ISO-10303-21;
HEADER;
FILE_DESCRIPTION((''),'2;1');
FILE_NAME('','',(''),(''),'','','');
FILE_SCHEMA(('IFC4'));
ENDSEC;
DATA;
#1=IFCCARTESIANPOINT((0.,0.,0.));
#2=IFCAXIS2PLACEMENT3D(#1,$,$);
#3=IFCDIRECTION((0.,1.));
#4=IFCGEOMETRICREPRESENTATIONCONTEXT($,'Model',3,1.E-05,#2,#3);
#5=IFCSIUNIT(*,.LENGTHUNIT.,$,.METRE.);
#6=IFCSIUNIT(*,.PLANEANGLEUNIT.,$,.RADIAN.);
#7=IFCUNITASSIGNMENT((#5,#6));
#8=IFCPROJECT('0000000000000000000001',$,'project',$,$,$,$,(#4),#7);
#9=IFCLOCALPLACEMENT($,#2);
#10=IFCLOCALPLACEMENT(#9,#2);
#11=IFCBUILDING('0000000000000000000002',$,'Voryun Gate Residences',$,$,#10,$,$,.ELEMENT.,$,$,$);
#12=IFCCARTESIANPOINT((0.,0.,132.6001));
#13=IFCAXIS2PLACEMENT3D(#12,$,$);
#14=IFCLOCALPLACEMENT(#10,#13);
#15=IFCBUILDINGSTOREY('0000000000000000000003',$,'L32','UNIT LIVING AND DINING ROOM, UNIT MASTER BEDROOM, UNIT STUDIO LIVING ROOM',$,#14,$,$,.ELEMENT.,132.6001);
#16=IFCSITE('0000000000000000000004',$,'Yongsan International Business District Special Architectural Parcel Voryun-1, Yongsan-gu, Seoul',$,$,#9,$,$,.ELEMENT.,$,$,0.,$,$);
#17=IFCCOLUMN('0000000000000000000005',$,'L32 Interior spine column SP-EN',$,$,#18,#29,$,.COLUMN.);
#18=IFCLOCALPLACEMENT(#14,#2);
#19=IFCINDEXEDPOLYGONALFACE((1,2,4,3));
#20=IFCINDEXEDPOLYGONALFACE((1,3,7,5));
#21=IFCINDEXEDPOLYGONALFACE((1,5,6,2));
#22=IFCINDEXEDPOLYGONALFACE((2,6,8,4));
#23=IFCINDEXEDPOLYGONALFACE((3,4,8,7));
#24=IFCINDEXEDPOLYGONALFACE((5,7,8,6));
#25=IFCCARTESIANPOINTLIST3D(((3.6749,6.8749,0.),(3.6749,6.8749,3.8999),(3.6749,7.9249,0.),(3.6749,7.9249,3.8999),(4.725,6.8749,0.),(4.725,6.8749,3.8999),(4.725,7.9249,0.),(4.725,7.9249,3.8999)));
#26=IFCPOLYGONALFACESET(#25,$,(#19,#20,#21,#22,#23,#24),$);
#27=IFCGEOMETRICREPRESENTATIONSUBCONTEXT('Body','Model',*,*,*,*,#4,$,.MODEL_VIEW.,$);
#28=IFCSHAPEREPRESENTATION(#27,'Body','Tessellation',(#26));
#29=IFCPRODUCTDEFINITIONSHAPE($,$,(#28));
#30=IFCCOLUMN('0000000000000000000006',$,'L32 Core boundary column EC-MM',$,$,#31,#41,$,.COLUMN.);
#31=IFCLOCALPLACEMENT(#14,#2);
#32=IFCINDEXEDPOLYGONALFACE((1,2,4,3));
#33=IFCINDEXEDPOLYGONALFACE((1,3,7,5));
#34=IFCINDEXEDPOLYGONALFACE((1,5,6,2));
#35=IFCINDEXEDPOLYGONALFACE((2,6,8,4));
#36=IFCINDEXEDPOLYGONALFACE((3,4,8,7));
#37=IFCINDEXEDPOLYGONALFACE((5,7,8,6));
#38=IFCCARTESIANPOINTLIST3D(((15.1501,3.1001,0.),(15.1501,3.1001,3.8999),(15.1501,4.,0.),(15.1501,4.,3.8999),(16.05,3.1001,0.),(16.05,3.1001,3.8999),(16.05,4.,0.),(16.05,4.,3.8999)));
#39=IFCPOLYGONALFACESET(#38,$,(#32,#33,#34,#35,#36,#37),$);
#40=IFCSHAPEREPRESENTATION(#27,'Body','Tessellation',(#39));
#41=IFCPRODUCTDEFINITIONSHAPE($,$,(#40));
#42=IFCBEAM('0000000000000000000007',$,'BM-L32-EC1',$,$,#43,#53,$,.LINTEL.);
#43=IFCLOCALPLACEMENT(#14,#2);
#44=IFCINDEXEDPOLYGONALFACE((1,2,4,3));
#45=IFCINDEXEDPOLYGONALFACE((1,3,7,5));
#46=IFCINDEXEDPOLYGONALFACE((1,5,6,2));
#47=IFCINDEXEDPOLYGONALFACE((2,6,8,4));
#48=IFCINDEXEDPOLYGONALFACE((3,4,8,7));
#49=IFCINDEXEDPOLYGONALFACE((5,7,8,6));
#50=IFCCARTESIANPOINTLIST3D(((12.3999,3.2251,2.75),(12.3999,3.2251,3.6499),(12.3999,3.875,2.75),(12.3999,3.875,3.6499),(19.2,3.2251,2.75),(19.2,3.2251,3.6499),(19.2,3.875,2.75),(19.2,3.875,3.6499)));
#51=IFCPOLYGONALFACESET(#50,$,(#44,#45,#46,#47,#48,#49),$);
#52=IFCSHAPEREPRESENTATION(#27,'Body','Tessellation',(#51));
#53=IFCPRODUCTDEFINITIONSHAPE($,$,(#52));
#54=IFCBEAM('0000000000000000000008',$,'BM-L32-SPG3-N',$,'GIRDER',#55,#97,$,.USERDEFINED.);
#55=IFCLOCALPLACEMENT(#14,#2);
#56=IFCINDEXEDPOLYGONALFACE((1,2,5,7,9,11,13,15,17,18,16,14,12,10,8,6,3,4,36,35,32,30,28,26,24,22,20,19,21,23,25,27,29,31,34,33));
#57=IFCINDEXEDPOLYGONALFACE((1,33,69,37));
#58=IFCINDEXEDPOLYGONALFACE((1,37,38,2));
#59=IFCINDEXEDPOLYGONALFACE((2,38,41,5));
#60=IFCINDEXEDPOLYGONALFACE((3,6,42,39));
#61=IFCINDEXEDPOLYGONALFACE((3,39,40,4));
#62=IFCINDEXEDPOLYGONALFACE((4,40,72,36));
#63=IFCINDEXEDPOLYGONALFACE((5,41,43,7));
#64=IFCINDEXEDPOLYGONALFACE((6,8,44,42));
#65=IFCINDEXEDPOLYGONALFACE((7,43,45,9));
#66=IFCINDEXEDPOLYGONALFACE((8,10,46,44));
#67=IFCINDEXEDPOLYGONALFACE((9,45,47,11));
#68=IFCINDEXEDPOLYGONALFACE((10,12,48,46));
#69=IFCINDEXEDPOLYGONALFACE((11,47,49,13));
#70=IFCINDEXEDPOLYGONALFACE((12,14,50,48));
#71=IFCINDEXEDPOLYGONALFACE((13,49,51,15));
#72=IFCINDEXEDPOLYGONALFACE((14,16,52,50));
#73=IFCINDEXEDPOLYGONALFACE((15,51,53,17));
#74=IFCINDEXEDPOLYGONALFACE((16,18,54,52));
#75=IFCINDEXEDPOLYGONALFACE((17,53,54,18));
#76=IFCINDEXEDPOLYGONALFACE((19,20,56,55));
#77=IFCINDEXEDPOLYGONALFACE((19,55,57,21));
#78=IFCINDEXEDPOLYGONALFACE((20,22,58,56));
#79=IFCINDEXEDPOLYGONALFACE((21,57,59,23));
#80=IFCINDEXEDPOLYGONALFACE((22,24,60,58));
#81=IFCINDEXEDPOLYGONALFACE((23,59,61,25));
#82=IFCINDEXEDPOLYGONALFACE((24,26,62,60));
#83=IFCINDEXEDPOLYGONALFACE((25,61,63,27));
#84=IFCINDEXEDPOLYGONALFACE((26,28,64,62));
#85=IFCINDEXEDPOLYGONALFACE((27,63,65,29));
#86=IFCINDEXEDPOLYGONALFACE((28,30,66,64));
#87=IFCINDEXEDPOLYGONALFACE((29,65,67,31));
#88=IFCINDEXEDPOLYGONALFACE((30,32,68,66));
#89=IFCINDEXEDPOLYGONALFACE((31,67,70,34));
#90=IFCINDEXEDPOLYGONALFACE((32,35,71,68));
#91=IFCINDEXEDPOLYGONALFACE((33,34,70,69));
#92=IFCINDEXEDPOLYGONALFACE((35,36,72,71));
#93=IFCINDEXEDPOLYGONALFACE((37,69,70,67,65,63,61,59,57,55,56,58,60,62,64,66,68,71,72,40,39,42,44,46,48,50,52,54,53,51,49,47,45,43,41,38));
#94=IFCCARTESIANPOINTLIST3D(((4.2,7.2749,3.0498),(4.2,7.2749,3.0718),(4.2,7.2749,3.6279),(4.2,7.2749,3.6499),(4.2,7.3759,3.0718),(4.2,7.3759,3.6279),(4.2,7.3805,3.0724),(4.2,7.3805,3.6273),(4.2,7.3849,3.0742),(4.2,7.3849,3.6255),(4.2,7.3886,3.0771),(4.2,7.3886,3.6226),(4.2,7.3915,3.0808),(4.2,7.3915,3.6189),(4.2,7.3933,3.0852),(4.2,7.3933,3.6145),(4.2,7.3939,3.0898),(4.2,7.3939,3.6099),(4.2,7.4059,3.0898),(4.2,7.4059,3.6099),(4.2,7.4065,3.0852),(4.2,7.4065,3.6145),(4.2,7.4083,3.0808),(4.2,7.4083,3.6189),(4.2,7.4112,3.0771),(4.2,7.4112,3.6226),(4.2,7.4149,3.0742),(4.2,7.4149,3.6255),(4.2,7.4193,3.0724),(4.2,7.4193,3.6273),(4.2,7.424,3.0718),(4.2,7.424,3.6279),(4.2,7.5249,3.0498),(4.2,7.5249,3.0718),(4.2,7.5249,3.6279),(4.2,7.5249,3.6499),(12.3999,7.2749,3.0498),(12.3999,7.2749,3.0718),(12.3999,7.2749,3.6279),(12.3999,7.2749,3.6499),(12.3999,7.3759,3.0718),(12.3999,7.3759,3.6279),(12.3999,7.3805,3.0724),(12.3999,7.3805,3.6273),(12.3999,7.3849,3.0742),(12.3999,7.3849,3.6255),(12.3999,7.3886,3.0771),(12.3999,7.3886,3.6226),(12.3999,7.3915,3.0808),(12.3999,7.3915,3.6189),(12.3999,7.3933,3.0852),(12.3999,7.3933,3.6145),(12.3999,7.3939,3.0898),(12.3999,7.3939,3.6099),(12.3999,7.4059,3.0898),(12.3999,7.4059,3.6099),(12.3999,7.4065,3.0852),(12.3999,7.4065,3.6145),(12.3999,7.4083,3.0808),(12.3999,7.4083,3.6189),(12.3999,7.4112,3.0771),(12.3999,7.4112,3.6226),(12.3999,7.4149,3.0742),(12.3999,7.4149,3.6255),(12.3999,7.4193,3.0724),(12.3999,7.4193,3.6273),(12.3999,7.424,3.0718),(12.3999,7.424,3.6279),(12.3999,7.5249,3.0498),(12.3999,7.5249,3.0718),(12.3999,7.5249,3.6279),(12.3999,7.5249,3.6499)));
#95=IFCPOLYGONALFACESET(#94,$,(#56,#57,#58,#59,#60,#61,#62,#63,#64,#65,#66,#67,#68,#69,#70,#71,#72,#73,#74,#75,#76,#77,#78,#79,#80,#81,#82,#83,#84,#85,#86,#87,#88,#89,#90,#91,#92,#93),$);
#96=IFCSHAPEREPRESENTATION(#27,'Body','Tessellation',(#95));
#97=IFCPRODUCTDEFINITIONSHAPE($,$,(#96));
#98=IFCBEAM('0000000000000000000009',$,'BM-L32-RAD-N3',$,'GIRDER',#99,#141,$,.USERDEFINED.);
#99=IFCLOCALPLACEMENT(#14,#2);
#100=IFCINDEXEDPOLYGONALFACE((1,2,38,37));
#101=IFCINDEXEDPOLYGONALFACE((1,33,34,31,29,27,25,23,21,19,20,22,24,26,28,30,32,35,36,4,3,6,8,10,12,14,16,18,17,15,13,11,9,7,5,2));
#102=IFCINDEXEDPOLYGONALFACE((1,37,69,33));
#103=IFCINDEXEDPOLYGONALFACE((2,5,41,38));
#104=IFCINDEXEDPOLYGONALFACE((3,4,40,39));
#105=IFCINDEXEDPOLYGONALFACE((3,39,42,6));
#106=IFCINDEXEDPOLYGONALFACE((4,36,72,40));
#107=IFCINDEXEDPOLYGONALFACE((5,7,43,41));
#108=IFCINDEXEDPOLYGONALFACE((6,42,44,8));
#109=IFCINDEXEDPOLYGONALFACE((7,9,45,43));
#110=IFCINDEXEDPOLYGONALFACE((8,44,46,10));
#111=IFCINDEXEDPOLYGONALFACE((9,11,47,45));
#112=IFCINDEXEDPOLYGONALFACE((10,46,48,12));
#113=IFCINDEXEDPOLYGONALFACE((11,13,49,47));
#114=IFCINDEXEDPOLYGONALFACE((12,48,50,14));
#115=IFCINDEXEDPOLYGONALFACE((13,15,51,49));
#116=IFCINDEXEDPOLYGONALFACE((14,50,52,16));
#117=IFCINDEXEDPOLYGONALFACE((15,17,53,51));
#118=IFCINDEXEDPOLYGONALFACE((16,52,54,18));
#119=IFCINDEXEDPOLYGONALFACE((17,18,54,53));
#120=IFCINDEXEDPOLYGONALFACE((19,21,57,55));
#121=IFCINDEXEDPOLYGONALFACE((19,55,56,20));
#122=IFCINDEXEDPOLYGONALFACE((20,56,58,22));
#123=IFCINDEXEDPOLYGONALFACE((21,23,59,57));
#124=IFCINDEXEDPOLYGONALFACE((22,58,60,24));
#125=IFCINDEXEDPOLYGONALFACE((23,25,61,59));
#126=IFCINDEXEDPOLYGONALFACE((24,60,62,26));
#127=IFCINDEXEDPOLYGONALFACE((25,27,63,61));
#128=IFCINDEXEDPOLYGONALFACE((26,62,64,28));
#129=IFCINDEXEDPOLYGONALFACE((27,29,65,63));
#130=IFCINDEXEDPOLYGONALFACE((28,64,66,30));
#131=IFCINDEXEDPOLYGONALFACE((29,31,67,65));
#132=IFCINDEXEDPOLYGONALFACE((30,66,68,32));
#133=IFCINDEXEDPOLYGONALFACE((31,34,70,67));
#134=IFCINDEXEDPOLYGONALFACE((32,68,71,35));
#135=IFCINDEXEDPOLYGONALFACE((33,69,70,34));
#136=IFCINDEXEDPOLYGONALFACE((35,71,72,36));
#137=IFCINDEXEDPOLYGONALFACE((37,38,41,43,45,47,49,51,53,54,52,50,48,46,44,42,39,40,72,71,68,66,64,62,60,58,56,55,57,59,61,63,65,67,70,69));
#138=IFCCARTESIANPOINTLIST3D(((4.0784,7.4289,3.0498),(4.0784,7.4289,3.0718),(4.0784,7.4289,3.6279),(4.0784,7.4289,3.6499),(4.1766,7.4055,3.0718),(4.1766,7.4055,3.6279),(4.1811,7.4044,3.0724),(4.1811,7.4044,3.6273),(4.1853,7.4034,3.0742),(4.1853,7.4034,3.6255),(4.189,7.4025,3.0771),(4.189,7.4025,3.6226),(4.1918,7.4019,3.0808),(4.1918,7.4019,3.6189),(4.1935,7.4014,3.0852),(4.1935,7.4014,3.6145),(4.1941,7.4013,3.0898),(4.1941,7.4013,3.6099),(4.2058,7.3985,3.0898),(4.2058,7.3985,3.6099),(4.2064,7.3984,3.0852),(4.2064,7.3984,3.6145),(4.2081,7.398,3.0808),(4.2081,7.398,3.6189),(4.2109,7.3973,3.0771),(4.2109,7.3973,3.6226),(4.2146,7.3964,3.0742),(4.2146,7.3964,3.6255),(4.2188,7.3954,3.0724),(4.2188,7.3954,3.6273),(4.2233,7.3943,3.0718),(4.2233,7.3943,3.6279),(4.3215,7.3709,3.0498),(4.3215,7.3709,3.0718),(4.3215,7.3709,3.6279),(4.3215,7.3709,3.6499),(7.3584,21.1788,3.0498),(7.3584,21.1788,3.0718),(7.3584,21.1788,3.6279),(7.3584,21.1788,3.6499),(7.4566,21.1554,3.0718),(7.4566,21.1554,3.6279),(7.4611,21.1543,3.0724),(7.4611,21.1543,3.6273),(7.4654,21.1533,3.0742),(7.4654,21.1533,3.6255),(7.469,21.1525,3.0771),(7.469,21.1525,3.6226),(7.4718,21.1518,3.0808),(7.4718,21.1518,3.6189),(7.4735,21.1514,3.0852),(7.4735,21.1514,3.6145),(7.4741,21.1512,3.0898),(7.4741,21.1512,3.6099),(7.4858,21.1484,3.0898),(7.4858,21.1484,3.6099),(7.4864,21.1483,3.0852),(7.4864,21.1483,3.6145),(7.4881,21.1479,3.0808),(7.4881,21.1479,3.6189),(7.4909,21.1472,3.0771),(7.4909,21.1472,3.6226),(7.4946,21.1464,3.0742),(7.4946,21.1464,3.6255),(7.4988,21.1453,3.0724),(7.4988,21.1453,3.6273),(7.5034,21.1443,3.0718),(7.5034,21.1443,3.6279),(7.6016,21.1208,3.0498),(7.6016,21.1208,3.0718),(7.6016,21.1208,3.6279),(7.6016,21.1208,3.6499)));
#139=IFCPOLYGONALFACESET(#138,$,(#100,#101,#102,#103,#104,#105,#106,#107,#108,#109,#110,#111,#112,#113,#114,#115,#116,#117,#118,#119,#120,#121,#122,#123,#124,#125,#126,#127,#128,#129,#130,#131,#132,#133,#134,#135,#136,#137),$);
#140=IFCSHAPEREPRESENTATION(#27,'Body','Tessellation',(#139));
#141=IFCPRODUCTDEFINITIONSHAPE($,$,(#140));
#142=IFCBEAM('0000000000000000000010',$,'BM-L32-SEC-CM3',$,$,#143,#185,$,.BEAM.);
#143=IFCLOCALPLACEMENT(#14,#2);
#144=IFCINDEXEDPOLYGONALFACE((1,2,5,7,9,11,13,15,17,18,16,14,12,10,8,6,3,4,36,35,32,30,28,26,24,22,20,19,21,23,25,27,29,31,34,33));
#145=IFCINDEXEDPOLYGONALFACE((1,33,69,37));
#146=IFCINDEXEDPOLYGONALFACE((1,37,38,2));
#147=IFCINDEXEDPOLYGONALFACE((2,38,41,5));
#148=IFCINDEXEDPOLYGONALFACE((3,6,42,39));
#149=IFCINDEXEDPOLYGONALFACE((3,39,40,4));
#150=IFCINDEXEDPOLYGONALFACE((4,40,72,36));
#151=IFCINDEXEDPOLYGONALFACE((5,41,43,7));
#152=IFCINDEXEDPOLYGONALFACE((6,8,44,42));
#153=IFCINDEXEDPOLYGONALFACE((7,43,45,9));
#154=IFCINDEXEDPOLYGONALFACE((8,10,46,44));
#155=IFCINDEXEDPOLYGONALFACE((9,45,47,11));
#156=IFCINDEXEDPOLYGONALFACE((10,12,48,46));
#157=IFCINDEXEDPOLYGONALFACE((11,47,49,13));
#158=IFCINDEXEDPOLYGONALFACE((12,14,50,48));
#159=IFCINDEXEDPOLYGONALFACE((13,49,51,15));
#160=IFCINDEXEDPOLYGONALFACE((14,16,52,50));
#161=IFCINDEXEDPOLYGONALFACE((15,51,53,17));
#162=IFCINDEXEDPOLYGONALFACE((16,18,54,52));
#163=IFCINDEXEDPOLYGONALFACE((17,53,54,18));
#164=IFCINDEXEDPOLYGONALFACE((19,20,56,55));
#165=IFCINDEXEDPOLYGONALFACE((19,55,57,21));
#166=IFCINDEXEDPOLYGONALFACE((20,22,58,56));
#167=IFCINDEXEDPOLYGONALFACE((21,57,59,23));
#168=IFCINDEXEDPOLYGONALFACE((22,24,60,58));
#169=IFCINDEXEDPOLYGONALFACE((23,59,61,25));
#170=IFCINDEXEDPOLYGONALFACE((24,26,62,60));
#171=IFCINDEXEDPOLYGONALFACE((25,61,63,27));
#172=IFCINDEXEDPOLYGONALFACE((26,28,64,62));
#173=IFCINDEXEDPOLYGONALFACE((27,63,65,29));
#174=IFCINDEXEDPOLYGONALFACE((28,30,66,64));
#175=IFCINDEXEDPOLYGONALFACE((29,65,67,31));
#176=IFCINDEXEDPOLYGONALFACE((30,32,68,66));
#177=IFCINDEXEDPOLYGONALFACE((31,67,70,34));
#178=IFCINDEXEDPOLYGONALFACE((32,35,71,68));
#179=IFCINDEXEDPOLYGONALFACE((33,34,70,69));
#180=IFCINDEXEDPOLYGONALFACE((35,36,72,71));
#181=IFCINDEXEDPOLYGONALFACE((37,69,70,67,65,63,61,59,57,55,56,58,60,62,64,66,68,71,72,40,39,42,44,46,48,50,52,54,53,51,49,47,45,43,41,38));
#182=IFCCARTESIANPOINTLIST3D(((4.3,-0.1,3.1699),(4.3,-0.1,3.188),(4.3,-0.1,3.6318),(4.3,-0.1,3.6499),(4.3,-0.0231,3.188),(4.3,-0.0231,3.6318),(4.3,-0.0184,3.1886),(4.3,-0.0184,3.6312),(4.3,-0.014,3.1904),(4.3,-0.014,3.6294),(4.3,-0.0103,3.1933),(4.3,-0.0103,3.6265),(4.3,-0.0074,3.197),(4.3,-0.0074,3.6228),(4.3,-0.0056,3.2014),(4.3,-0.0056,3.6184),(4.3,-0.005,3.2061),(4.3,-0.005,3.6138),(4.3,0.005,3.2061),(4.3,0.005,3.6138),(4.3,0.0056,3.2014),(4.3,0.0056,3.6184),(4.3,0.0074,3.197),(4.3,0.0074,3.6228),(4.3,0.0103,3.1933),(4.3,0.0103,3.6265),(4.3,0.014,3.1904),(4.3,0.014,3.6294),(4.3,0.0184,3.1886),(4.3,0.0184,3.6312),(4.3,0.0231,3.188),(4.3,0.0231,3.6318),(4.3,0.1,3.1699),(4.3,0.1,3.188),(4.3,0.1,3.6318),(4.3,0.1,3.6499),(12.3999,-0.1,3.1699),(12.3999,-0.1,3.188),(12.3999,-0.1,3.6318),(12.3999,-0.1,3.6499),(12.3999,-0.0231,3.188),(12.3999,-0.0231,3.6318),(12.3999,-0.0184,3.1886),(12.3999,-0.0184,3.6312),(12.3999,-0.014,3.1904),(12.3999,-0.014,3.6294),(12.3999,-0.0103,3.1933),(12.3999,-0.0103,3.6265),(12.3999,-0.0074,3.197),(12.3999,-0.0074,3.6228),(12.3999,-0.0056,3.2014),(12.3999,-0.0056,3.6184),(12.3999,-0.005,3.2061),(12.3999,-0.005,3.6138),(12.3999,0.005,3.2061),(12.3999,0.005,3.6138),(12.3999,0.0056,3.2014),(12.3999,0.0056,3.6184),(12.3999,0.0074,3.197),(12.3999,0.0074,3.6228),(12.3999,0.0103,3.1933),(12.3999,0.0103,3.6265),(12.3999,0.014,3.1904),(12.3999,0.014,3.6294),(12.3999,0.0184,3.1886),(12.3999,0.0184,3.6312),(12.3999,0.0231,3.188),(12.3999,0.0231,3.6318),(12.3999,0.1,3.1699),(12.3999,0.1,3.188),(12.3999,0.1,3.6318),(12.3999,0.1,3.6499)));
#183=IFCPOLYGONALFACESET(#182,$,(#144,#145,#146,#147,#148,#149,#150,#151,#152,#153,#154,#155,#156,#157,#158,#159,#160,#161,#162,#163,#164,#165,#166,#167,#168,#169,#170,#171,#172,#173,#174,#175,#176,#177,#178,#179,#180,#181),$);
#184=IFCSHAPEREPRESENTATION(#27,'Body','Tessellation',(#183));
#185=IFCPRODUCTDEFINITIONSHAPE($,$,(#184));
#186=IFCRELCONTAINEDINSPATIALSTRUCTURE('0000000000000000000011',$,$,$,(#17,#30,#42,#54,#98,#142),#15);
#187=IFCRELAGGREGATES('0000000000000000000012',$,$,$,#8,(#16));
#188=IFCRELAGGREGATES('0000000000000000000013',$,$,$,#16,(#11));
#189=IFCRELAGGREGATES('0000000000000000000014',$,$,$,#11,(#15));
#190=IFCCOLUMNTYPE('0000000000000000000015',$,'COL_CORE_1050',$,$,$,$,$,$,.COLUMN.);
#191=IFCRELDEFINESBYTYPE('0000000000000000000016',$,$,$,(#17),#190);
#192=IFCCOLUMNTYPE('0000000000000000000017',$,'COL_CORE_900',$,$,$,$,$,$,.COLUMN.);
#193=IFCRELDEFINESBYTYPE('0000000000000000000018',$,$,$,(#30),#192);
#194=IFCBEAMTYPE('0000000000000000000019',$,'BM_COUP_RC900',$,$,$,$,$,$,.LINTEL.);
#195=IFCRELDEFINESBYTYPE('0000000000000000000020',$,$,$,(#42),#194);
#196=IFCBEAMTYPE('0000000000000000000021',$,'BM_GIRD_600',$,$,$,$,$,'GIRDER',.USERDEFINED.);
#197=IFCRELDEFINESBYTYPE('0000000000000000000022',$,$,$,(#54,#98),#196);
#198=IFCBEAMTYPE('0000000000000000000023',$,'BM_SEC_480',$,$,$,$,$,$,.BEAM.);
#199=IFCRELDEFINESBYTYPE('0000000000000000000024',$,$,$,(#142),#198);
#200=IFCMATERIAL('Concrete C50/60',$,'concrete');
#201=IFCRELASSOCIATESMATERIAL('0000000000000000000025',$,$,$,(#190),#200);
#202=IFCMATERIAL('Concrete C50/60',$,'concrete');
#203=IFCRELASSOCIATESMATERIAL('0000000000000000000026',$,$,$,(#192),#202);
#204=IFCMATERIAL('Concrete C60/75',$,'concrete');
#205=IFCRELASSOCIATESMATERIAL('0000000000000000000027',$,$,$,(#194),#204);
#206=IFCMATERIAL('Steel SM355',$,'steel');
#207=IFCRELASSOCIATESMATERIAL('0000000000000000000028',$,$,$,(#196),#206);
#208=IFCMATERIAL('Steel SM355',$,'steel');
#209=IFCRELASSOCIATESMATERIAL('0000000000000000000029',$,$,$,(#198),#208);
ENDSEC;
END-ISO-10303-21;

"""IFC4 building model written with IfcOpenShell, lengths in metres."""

from ifc_helpers import new_model, si_unit, direction, frame, origin, origin_2d, place, context, subcontext, project, spatial, rectangle, i_section, extrude, material, material_profile, profile_set, type_object, element, save


model = new_model("IFC4")

# Units and contexts
model_context = context("Model", 3, precision=1e-05, world=origin(), true_north=direction((0.0, 1.0)))
body_context = subcontext(model_context, "Body", "Model", "MODEL_VIEW")
ifc_project = project(units=[si_unit("LENGTHUNIT", "METRE"), si_unit("PLANEANGLEUNIT", "RADIAN")], contexts=[model_context])

# Site, building, storey
site_placement = place(None, origin())
site = spatial("IfcSite", under=ifc_project, at=site_placement, Name="Yongsan International Business District Special Architectural Parcel Voryun-1, Yongsan-gu, Seoul", CompositionType="ELEMENT", RefElevation=0.0)
building_placement = place(site_placement, origin())
building = spatial("IfcBuilding", under=site, at=building_placement, Name="Voryun Gate Residences", CompositionType="ELEMENT")
storey_placement = place(building_placement, frame((0.0, 0.0, 132.6001)))
storey = spatial("IfcBuildingStorey", under=building, at=storey_placement, Name="L32", Description="UNIT LIVING AND DINING ROOM, UNIT MASTER BEDROOM, UNIT STUDIO LIVING ROOM", CompositionType="ELEMENT", Elevation=132.6001)

# Columns
ifc_material_1 = material(Name="Concrete C50/60", Category="concrete")
ifc_material_profile_1 = material_profile(ifc_material_1, rectangle(XDim=1.05, YDim=1.05, at=origin_2d()), Name="RC-1050x1050")
ifc_profile_set_1 = profile_set([ifc_material_profile_1], Name="Concrete C50/60")
column_type_1 = type_object("IfcColumnType", Name="COL_CORE_1050", PredefinedType="COLUMN", material=ifc_profile_set_1)
column_1_placement = place(storey_placement, frame((4.2, 7.3999, 0.0), z_axis=(0.0, 0.0, 1.0), x_axis=(1.0, 0.0, 0.0)))
element("IfcColumn", 1, at=column_1_placement, inside=storey, type_object=column_type_1, Name="L32 Interior spine column SP-EN", PredefinedType="COLUMN", context=body_context, shape_type="SweptSolid", body=[
    extrude(rectangle(XDim=1.05, YDim=1.05, at=origin_2d()), origin(), (0.0, 0.0, 1.0), 3.8999),
])
ifc_material_2 = material(Name="Concrete C50/60", Category="concrete")
ifc_material_profile_2 = material_profile(ifc_material_2, rectangle(XDim=0.8999, YDim=0.8999, at=origin_2d()), Name="RC-900x900")
ifc_profile_set_2 = profile_set([ifc_material_profile_2], Name="Concrete C50/60")
column_type_2 = type_object("IfcColumnType", Name="COL_CORE_900", PredefinedType="COLUMN", material=ifc_profile_set_2)
column_2_placement = place(storey_placement, frame((15.6001, 3.55, 0.0), z_axis=(0.0, 0.0, 1.0), x_axis=(1.0, 0.0, 0.0)))
element("IfcColumn", 2, at=column_2_placement, inside=storey, type_object=column_type_2, Name="L32 Core boundary column EC-MM", PredefinedType="COLUMN", context=body_context, shape_type="SweptSolid", body=[
    extrude(rectangle(XDim=0.8999, YDim=0.8999, at=origin_2d()), origin(), (0.0, 0.0, 1.0), 3.8999),
])

# Beams
ifc_material_3 = material(Name="Concrete C60/75", Category="concrete")
ifc_material_profile_3 = material_profile(ifc_material_3, rectangle(XDim=0.6499, YDim=0.8999, at=origin_2d()), Name="RC-650x900")
ifc_profile_set_3 = profile_set([ifc_material_profile_3], Name="Concrete C60/75")
beam_type_1 = type_object("IfcBeamType", Name="BM_COUP_RC900", PredefinedType="LINTEL", material=ifc_profile_set_3)
beam_1_placement = place(storey_placement, frame((12.3999, 3.55, 3.2), z_axis=(1.0, 0.0, 0.0), x_axis=(0.0, 1.0, 0.0)))
element("IfcBeam", 3, at=beam_1_placement, inside=storey, type_object=beam_type_1, Name="BM-L32-EC1", PredefinedType="LINTEL", context=body_context, shape_type="SweptSolid", body=[
    extrude(rectangle(XDim=0.6499, YDim=0.8999, at=origin_2d()), origin(), (0.0, 0.0, 1.0), 6.8),
])
ifc_material_4 = material(Name="Steel SM355", Category="steel")
ifc_material_profile_4 = material_profile(ifc_material_4, i_section(OverallWidth=0.25, OverallDepth=0.6001, WebThickness=0.012, FlangeThickness=0.022, FilletRadius=0.0181, at=origin_2d()), Name="H-600x250x12x22")
ifc_profile_set_4 = profile_set([ifc_material_profile_4], Name="Steel SM355")
beam_type_2 = type_object("IfcBeamType", Name="BM_GIRD_600", ElementType="GIRDER", PredefinedType="USERDEFINED", material=ifc_profile_set_4)
beam_2_placement = place(storey_placement, frame((4.2, 7.3999, 3.3499), z_axis=(1.0, 0.0, 0.0), x_axis=(0.0, 1.0, 0.0)))
element("IfcBeam", 4, at=beam_2_placement, inside=storey, type_object=beam_type_2, Name="BM-L32-SPG3-N", ObjectType="GIRDER", PredefinedType="USERDEFINED", context=body_context, shape_type="SweptSolid", body=[
    extrude(i_section(OverallWidth=0.25, OverallDepth=0.6001, WebThickness=0.012, FlangeThickness=0.022, FilletRadius=0.0181, at=origin_2d()), origin(), (0.0, 0.0, 1.0), 8.2),
])
beam_3_placement = place(storey_placement, frame((4.2, 7.3999, 3.3499), z_axis=(0.232037, 0.972707, 0.0), x_axis=(-0.972707, 0.232037, 0.0)))
element("IfcBeam", 5, at=beam_3_placement, inside=storey, type_object=beam_type_2, Name="BM-L32-RAD-N3", ObjectType="GIRDER", PredefinedType="USERDEFINED", context=body_context, shape_type="SweptSolid", body=[
    extrude(i_section(OverallWidth=0.25, OverallDepth=0.6001, WebThickness=0.012, FlangeThickness=0.022, FilletRadius=0.0181, at=origin_2d()), origin(), (0.0, 0.0, 1.0), 14.1357),
])
ifc_material_5 = material(Name="Steel SM355", Category="steel")
ifc_material_profile_5 = material_profile(ifc_material_5, i_section(OverallWidth=0.2, OverallDepth=0.48, WebThickness=0.01, FlangeThickness=0.0181, FilletRadius=0.0181, at=origin_2d()), Name="H-480x200x10x18")
ifc_profile_set_5 = profile_set([ifc_material_profile_5], Name="Steel SM355")
beam_type_3 = type_object("IfcBeamType", Name="BM_SEC_480", PredefinedType="BEAM", material=ifc_profile_set_5)
for number, where, z_axis, x_axis, name in (
    (6, (4.3, 0.0, 3.4099), (1.0, 0.0, 0.0), (0.0, 1.0, 0.0), "BM-L32-SEC-CM3"),
):
    element("IfcBeam", number, at=place(storey_placement, frame(where, z_axis=z_axis, x_axis=x_axis)), inside=storey, type_object=beam_type_3, Name=name, PredefinedType="BEAM", context=body_context, shape_type="SweptSolid", body=[
        extrude(i_section(OverallWidth=0.2, OverallDepth=0.48, WebThickness=0.01, FlangeThickness=0.0181, FilletRadius=0.0181, at=origin_2d()), origin(), (0.0, 0.0, 1.0), 8.0999),
    ])

save(model, "model.ifc")
